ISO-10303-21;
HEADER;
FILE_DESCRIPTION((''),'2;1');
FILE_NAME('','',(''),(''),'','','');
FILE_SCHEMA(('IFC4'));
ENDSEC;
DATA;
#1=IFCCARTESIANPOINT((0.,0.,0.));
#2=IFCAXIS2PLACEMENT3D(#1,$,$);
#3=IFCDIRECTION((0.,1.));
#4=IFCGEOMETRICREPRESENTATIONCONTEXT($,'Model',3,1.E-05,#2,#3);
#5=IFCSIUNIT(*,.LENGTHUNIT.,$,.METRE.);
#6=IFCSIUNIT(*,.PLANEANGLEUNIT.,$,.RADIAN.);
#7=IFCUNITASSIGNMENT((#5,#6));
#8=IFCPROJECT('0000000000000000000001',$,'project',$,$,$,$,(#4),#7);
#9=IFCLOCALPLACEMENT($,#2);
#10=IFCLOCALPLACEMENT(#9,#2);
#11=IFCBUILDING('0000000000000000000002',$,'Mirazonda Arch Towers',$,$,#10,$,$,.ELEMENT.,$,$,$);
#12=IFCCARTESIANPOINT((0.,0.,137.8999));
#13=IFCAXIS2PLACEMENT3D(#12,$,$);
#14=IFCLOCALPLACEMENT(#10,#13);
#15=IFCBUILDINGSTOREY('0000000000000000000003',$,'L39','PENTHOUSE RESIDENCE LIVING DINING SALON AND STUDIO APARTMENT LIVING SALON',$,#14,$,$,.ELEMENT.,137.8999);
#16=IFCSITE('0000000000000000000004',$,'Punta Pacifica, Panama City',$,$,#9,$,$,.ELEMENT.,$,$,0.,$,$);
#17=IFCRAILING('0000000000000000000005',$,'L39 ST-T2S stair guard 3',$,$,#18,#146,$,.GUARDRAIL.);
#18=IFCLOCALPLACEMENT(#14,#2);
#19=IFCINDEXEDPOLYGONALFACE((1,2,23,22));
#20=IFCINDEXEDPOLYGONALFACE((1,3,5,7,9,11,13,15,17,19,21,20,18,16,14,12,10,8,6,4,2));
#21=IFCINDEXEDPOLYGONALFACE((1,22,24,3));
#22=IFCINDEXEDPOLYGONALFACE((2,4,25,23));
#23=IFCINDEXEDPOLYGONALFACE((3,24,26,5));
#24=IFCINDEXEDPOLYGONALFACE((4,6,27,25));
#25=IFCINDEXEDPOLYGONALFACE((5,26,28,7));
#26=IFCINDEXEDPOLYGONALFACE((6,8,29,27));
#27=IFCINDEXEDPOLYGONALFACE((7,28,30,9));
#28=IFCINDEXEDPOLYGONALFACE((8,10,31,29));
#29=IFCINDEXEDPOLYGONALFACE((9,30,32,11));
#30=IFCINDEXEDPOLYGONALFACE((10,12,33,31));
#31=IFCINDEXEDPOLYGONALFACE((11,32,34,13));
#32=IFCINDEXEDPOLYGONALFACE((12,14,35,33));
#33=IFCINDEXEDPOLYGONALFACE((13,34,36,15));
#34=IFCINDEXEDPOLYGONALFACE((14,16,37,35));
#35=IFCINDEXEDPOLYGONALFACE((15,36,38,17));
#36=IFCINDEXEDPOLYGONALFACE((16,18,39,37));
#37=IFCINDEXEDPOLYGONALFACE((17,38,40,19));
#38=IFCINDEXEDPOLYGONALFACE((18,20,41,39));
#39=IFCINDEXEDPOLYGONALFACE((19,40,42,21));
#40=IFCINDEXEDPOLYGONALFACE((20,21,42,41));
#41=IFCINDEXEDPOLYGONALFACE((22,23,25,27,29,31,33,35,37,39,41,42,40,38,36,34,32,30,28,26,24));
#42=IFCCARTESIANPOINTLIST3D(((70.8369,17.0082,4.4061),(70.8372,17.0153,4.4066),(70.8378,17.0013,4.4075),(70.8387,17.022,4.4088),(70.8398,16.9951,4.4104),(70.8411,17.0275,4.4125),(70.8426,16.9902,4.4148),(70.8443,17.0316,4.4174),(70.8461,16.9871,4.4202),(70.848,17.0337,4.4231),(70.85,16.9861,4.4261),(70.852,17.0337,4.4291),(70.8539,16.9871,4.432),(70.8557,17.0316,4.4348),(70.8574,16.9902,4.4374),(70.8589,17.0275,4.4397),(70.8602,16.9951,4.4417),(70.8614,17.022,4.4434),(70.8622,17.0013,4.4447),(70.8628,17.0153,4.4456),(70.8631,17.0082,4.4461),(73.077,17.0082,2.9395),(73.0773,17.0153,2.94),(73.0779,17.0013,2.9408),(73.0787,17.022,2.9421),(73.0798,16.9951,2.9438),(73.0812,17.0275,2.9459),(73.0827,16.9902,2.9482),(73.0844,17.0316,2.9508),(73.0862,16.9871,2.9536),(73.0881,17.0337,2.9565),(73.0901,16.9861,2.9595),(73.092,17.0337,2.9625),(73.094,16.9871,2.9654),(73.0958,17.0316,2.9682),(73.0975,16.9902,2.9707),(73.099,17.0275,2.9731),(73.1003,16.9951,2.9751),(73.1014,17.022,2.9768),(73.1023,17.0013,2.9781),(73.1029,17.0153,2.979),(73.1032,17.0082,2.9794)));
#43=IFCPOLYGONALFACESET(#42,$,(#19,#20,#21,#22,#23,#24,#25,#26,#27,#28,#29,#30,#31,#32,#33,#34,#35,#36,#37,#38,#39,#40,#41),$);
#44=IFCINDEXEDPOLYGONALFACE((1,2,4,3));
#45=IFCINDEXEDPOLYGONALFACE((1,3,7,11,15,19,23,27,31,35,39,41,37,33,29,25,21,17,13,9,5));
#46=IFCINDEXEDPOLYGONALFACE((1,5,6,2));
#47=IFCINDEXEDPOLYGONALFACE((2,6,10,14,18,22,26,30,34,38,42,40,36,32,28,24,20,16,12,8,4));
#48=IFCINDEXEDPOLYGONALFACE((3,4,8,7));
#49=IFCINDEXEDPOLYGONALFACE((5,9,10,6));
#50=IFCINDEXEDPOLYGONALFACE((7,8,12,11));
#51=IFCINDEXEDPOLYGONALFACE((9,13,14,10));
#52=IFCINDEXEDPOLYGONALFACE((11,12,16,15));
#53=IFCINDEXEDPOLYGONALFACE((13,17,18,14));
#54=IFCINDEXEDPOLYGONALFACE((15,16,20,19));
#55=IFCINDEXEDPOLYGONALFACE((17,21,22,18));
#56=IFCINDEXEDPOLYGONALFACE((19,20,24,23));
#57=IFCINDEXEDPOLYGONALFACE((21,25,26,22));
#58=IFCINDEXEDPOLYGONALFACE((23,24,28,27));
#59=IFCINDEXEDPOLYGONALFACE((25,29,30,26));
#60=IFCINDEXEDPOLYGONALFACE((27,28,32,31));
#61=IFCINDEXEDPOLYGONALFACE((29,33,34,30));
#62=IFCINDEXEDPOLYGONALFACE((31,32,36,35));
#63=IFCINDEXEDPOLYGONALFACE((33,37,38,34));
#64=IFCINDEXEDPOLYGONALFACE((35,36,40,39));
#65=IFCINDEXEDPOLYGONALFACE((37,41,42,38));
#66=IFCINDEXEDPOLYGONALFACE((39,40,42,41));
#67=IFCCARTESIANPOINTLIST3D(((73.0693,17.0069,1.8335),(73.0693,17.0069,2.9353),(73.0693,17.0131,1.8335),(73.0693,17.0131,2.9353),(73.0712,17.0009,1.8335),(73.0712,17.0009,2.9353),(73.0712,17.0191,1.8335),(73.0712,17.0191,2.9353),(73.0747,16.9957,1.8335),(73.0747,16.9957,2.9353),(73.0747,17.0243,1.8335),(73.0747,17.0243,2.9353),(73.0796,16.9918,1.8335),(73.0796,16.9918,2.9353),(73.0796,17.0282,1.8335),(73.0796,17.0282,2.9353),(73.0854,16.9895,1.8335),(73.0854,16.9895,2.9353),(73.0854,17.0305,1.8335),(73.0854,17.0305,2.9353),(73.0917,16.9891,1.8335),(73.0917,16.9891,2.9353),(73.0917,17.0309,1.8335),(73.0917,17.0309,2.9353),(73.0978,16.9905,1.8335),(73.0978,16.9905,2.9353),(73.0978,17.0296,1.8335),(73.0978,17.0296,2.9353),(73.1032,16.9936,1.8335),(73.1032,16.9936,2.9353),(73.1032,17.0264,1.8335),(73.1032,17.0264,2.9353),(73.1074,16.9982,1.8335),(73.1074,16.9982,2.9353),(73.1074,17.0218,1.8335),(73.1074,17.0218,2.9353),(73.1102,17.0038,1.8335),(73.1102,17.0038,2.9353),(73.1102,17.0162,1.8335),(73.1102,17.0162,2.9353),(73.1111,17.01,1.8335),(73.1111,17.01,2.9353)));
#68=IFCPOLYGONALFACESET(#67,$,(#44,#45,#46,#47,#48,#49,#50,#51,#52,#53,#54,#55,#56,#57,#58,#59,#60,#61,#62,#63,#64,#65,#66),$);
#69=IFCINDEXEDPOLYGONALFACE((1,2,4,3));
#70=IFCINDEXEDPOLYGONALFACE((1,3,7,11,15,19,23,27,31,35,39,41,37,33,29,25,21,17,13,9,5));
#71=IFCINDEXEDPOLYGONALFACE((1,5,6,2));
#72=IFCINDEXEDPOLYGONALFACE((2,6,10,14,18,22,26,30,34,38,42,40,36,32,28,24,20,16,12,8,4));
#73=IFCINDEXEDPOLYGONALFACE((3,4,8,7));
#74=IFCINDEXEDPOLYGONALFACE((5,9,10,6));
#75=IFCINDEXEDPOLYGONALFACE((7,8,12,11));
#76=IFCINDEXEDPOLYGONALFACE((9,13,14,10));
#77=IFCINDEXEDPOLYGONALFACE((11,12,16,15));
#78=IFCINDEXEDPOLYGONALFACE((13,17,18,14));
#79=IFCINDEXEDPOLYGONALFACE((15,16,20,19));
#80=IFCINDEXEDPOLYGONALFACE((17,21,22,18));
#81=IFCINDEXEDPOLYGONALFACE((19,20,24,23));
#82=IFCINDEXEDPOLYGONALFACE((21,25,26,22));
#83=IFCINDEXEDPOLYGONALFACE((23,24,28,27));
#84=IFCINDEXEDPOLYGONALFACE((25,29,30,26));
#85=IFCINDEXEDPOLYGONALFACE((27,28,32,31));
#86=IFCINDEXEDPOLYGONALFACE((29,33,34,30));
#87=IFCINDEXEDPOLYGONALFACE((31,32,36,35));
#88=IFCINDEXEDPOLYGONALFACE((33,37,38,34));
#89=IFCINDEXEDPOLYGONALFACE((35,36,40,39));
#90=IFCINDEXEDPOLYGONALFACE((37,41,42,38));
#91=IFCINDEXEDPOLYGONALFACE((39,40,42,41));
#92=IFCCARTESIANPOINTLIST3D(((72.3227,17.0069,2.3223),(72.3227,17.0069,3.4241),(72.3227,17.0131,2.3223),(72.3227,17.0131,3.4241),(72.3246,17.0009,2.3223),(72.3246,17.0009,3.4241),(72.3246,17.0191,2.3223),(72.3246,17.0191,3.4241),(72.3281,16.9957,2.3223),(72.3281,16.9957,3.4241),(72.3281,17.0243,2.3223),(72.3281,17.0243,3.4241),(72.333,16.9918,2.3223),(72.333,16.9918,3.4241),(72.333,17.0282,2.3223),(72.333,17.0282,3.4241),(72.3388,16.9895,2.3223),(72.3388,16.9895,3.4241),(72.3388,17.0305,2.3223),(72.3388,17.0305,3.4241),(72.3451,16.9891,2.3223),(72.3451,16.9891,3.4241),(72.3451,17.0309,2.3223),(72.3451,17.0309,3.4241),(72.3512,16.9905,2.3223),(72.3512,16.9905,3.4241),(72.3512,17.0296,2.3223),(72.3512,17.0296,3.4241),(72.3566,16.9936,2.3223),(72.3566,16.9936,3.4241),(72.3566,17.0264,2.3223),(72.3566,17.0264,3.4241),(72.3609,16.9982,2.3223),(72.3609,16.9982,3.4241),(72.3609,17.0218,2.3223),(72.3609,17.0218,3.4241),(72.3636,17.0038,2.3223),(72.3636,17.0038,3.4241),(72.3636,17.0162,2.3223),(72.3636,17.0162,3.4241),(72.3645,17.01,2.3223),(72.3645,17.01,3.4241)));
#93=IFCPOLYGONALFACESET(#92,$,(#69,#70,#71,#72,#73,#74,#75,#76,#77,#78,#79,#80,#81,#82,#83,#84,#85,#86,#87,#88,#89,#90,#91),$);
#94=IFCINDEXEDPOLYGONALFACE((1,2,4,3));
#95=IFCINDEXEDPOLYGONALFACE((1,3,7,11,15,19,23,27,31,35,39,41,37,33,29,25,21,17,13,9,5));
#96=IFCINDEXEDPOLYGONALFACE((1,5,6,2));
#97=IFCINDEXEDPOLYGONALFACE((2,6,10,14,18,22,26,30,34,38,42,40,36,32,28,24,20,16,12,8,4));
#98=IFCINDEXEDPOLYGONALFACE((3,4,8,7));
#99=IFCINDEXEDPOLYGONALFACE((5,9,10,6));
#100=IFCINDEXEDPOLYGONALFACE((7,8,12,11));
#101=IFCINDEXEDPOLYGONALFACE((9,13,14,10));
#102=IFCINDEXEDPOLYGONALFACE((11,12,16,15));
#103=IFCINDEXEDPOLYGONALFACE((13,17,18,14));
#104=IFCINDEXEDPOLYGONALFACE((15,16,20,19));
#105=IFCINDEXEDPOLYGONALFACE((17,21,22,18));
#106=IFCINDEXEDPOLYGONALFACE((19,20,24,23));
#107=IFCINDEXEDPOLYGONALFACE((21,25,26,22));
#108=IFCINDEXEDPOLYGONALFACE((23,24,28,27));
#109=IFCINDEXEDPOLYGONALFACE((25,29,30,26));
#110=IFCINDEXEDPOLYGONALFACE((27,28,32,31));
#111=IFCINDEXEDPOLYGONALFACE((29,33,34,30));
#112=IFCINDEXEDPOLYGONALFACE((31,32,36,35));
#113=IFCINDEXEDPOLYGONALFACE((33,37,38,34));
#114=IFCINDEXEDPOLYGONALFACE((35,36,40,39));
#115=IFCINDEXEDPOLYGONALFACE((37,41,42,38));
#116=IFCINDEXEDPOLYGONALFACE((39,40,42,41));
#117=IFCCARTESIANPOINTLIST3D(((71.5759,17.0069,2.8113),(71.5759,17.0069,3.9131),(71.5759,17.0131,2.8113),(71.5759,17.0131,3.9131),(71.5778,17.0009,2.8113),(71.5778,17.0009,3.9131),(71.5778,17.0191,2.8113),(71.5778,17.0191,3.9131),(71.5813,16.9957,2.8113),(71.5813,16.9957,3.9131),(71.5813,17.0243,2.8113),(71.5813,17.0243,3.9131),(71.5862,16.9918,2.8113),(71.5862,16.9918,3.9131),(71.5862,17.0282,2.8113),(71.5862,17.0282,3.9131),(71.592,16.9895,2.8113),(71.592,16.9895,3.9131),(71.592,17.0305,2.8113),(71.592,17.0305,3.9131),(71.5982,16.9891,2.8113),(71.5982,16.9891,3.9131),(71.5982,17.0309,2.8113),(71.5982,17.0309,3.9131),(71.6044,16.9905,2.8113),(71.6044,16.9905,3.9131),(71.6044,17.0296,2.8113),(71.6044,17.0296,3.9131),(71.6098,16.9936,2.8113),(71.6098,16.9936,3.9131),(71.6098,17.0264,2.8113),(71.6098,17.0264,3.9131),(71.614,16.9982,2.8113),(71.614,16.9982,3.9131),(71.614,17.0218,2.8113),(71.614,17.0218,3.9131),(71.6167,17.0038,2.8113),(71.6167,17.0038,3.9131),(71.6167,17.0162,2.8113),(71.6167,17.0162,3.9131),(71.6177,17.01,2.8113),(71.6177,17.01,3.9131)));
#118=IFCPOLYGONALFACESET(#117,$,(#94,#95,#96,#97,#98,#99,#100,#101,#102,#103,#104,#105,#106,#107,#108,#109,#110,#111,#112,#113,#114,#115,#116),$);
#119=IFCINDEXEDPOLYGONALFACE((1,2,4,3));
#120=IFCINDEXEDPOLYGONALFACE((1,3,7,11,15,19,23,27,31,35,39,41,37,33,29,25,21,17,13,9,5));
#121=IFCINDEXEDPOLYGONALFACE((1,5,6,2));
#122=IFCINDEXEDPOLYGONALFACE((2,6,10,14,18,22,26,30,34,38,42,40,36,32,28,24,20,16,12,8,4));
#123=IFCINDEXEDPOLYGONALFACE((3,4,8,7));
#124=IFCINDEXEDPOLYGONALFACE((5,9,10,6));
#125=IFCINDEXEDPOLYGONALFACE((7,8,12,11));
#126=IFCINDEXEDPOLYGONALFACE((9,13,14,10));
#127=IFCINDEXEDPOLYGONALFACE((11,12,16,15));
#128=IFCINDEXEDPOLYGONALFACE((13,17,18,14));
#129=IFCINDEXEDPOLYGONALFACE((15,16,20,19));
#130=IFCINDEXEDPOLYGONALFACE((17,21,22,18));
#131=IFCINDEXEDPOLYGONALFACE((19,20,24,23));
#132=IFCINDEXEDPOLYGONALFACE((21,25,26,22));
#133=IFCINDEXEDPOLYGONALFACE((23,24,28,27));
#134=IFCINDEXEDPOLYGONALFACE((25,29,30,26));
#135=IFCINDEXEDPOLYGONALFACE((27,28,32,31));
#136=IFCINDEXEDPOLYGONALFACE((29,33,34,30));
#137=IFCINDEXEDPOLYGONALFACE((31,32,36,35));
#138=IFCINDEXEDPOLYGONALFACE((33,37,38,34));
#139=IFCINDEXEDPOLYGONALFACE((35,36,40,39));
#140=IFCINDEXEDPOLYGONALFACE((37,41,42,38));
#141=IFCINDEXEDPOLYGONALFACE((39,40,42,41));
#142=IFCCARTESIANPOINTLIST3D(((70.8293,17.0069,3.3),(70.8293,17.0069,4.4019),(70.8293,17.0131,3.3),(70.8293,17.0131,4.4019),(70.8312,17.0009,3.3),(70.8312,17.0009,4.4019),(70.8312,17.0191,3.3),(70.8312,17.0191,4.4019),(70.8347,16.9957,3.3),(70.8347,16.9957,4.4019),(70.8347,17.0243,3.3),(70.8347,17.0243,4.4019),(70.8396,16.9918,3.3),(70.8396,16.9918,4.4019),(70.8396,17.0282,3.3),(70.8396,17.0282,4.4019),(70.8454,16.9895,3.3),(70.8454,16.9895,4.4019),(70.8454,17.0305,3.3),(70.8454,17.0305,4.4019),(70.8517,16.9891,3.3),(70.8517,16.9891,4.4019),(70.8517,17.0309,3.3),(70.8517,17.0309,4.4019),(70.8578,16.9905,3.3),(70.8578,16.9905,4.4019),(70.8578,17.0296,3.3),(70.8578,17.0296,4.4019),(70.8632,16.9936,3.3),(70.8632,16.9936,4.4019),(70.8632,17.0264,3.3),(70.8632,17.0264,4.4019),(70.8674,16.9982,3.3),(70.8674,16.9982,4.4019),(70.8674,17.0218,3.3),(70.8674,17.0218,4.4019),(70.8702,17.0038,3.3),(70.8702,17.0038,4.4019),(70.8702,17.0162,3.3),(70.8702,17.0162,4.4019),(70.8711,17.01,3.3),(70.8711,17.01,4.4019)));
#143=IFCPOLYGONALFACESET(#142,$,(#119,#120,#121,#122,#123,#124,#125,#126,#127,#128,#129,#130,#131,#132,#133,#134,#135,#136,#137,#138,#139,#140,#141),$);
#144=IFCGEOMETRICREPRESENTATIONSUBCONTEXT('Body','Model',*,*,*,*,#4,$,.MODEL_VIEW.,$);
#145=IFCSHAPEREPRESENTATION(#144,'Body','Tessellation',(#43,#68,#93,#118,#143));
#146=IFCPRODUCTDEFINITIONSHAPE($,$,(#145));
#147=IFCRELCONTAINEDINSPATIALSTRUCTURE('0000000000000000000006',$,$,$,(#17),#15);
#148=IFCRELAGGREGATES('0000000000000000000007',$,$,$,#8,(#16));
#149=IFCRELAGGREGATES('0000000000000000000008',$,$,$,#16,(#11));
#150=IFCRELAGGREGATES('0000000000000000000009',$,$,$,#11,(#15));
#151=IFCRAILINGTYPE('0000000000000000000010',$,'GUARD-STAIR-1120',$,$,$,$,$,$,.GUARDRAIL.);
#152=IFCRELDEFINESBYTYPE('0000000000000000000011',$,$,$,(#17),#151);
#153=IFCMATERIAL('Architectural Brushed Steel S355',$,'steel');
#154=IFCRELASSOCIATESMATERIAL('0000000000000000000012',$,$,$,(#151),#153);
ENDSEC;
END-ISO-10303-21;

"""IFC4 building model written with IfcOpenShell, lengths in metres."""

from ifc_helpers import new_model, si_unit, direction, frame, origin, origin_2d, place, context, subcontext, project, spatial, circle, extrude, material, type_object, element, save


model = new_model("IFC4")

# Units and contexts
model_context = context("Model", 3, precision=1e-05, world=origin(), true_north=direction((0.0, 1.0)))
body_context = subcontext(model_context, "Body", "Model", "MODEL_VIEW")
ifc_project = project(units=[si_unit("LENGTHUNIT", "METRE"), si_unit("PLANEANGLEUNIT", "RADIAN")], contexts=[model_context])

# Site, building, storey
site_placement = place(None, origin())
site = spatial("IfcSite", under=ifc_project, at=site_placement, Name="Punta Pacifica, Panama City", CompositionType="ELEMENT", RefElevation=0.0)
building_placement = place(site_placement, origin())
building = spatial("IfcBuilding", under=site, at=building_placement, Name="Mirazonda Arch Towers", CompositionType="ELEMENT")
storey_placement = place(building_placement, frame((0.0, 0.0, 137.8999)))
storey = spatial("IfcBuildingStorey", under=building, at=storey_placement, Name="L39", Description="PENTHOUSE RESIDENCE LIVING DINING SALON AND STUDIO APARTMENT LIVING SALON", CompositionType="ELEMENT", Elevation=137.8999)

# Railing
ifc_material_1 = material(Name="Architectural Brushed Steel S355", Category="steel")
railing_type_1 = type_object("IfcRailingType", Name="GUARD-STAIR-1120", PredefinedType="GUARDRAIL", material=ifc_material_1)
railing_1_placement = place(storey_placement, frame((73.0901, 17.01, 1.8335)))
element("IfcRailing", 1, at=railing_1_placement, inside=storey, type_object=railing_type_1, Name="L39 ST-T2S stair guard 3", PredefinedType="GUARDRAIL", context=body_context, shape_type="SweptSolid", body=[
    extrude(circle(Radius=0.0239, at=origin_2d()), frame((0.0, 0.0, 1.126), z_axis=(-0.836637, 0.0, 0.547758), x_axis=(0.0, -1.0, 0.0)), (0.0, 0.0, 1.0), 2.6775),
    extrude(circle(Radius=0.021, at=origin_2d()), origin(), (0.0, 0.0, 1.0), 1.1018),
    extrude(circle(Radius=0.021, at=origin_2d()), frame((-0.7466, 0.0, 0.4888)), (0.0, 0.0, 1.0), 1.1018),
    extrude(circle(Radius=0.021, at=origin_2d()), frame((-1.4934, 0.0, 0.9778)), (0.0, 0.0, 1.0), 1.1018),
    extrude(circle(Radius=0.021, at=origin_2d()), frame((-2.24, 0.0, 1.4666)), (0.0, 0.0, 1.0), 1.1018),
])

save(model, "model.ifc")
